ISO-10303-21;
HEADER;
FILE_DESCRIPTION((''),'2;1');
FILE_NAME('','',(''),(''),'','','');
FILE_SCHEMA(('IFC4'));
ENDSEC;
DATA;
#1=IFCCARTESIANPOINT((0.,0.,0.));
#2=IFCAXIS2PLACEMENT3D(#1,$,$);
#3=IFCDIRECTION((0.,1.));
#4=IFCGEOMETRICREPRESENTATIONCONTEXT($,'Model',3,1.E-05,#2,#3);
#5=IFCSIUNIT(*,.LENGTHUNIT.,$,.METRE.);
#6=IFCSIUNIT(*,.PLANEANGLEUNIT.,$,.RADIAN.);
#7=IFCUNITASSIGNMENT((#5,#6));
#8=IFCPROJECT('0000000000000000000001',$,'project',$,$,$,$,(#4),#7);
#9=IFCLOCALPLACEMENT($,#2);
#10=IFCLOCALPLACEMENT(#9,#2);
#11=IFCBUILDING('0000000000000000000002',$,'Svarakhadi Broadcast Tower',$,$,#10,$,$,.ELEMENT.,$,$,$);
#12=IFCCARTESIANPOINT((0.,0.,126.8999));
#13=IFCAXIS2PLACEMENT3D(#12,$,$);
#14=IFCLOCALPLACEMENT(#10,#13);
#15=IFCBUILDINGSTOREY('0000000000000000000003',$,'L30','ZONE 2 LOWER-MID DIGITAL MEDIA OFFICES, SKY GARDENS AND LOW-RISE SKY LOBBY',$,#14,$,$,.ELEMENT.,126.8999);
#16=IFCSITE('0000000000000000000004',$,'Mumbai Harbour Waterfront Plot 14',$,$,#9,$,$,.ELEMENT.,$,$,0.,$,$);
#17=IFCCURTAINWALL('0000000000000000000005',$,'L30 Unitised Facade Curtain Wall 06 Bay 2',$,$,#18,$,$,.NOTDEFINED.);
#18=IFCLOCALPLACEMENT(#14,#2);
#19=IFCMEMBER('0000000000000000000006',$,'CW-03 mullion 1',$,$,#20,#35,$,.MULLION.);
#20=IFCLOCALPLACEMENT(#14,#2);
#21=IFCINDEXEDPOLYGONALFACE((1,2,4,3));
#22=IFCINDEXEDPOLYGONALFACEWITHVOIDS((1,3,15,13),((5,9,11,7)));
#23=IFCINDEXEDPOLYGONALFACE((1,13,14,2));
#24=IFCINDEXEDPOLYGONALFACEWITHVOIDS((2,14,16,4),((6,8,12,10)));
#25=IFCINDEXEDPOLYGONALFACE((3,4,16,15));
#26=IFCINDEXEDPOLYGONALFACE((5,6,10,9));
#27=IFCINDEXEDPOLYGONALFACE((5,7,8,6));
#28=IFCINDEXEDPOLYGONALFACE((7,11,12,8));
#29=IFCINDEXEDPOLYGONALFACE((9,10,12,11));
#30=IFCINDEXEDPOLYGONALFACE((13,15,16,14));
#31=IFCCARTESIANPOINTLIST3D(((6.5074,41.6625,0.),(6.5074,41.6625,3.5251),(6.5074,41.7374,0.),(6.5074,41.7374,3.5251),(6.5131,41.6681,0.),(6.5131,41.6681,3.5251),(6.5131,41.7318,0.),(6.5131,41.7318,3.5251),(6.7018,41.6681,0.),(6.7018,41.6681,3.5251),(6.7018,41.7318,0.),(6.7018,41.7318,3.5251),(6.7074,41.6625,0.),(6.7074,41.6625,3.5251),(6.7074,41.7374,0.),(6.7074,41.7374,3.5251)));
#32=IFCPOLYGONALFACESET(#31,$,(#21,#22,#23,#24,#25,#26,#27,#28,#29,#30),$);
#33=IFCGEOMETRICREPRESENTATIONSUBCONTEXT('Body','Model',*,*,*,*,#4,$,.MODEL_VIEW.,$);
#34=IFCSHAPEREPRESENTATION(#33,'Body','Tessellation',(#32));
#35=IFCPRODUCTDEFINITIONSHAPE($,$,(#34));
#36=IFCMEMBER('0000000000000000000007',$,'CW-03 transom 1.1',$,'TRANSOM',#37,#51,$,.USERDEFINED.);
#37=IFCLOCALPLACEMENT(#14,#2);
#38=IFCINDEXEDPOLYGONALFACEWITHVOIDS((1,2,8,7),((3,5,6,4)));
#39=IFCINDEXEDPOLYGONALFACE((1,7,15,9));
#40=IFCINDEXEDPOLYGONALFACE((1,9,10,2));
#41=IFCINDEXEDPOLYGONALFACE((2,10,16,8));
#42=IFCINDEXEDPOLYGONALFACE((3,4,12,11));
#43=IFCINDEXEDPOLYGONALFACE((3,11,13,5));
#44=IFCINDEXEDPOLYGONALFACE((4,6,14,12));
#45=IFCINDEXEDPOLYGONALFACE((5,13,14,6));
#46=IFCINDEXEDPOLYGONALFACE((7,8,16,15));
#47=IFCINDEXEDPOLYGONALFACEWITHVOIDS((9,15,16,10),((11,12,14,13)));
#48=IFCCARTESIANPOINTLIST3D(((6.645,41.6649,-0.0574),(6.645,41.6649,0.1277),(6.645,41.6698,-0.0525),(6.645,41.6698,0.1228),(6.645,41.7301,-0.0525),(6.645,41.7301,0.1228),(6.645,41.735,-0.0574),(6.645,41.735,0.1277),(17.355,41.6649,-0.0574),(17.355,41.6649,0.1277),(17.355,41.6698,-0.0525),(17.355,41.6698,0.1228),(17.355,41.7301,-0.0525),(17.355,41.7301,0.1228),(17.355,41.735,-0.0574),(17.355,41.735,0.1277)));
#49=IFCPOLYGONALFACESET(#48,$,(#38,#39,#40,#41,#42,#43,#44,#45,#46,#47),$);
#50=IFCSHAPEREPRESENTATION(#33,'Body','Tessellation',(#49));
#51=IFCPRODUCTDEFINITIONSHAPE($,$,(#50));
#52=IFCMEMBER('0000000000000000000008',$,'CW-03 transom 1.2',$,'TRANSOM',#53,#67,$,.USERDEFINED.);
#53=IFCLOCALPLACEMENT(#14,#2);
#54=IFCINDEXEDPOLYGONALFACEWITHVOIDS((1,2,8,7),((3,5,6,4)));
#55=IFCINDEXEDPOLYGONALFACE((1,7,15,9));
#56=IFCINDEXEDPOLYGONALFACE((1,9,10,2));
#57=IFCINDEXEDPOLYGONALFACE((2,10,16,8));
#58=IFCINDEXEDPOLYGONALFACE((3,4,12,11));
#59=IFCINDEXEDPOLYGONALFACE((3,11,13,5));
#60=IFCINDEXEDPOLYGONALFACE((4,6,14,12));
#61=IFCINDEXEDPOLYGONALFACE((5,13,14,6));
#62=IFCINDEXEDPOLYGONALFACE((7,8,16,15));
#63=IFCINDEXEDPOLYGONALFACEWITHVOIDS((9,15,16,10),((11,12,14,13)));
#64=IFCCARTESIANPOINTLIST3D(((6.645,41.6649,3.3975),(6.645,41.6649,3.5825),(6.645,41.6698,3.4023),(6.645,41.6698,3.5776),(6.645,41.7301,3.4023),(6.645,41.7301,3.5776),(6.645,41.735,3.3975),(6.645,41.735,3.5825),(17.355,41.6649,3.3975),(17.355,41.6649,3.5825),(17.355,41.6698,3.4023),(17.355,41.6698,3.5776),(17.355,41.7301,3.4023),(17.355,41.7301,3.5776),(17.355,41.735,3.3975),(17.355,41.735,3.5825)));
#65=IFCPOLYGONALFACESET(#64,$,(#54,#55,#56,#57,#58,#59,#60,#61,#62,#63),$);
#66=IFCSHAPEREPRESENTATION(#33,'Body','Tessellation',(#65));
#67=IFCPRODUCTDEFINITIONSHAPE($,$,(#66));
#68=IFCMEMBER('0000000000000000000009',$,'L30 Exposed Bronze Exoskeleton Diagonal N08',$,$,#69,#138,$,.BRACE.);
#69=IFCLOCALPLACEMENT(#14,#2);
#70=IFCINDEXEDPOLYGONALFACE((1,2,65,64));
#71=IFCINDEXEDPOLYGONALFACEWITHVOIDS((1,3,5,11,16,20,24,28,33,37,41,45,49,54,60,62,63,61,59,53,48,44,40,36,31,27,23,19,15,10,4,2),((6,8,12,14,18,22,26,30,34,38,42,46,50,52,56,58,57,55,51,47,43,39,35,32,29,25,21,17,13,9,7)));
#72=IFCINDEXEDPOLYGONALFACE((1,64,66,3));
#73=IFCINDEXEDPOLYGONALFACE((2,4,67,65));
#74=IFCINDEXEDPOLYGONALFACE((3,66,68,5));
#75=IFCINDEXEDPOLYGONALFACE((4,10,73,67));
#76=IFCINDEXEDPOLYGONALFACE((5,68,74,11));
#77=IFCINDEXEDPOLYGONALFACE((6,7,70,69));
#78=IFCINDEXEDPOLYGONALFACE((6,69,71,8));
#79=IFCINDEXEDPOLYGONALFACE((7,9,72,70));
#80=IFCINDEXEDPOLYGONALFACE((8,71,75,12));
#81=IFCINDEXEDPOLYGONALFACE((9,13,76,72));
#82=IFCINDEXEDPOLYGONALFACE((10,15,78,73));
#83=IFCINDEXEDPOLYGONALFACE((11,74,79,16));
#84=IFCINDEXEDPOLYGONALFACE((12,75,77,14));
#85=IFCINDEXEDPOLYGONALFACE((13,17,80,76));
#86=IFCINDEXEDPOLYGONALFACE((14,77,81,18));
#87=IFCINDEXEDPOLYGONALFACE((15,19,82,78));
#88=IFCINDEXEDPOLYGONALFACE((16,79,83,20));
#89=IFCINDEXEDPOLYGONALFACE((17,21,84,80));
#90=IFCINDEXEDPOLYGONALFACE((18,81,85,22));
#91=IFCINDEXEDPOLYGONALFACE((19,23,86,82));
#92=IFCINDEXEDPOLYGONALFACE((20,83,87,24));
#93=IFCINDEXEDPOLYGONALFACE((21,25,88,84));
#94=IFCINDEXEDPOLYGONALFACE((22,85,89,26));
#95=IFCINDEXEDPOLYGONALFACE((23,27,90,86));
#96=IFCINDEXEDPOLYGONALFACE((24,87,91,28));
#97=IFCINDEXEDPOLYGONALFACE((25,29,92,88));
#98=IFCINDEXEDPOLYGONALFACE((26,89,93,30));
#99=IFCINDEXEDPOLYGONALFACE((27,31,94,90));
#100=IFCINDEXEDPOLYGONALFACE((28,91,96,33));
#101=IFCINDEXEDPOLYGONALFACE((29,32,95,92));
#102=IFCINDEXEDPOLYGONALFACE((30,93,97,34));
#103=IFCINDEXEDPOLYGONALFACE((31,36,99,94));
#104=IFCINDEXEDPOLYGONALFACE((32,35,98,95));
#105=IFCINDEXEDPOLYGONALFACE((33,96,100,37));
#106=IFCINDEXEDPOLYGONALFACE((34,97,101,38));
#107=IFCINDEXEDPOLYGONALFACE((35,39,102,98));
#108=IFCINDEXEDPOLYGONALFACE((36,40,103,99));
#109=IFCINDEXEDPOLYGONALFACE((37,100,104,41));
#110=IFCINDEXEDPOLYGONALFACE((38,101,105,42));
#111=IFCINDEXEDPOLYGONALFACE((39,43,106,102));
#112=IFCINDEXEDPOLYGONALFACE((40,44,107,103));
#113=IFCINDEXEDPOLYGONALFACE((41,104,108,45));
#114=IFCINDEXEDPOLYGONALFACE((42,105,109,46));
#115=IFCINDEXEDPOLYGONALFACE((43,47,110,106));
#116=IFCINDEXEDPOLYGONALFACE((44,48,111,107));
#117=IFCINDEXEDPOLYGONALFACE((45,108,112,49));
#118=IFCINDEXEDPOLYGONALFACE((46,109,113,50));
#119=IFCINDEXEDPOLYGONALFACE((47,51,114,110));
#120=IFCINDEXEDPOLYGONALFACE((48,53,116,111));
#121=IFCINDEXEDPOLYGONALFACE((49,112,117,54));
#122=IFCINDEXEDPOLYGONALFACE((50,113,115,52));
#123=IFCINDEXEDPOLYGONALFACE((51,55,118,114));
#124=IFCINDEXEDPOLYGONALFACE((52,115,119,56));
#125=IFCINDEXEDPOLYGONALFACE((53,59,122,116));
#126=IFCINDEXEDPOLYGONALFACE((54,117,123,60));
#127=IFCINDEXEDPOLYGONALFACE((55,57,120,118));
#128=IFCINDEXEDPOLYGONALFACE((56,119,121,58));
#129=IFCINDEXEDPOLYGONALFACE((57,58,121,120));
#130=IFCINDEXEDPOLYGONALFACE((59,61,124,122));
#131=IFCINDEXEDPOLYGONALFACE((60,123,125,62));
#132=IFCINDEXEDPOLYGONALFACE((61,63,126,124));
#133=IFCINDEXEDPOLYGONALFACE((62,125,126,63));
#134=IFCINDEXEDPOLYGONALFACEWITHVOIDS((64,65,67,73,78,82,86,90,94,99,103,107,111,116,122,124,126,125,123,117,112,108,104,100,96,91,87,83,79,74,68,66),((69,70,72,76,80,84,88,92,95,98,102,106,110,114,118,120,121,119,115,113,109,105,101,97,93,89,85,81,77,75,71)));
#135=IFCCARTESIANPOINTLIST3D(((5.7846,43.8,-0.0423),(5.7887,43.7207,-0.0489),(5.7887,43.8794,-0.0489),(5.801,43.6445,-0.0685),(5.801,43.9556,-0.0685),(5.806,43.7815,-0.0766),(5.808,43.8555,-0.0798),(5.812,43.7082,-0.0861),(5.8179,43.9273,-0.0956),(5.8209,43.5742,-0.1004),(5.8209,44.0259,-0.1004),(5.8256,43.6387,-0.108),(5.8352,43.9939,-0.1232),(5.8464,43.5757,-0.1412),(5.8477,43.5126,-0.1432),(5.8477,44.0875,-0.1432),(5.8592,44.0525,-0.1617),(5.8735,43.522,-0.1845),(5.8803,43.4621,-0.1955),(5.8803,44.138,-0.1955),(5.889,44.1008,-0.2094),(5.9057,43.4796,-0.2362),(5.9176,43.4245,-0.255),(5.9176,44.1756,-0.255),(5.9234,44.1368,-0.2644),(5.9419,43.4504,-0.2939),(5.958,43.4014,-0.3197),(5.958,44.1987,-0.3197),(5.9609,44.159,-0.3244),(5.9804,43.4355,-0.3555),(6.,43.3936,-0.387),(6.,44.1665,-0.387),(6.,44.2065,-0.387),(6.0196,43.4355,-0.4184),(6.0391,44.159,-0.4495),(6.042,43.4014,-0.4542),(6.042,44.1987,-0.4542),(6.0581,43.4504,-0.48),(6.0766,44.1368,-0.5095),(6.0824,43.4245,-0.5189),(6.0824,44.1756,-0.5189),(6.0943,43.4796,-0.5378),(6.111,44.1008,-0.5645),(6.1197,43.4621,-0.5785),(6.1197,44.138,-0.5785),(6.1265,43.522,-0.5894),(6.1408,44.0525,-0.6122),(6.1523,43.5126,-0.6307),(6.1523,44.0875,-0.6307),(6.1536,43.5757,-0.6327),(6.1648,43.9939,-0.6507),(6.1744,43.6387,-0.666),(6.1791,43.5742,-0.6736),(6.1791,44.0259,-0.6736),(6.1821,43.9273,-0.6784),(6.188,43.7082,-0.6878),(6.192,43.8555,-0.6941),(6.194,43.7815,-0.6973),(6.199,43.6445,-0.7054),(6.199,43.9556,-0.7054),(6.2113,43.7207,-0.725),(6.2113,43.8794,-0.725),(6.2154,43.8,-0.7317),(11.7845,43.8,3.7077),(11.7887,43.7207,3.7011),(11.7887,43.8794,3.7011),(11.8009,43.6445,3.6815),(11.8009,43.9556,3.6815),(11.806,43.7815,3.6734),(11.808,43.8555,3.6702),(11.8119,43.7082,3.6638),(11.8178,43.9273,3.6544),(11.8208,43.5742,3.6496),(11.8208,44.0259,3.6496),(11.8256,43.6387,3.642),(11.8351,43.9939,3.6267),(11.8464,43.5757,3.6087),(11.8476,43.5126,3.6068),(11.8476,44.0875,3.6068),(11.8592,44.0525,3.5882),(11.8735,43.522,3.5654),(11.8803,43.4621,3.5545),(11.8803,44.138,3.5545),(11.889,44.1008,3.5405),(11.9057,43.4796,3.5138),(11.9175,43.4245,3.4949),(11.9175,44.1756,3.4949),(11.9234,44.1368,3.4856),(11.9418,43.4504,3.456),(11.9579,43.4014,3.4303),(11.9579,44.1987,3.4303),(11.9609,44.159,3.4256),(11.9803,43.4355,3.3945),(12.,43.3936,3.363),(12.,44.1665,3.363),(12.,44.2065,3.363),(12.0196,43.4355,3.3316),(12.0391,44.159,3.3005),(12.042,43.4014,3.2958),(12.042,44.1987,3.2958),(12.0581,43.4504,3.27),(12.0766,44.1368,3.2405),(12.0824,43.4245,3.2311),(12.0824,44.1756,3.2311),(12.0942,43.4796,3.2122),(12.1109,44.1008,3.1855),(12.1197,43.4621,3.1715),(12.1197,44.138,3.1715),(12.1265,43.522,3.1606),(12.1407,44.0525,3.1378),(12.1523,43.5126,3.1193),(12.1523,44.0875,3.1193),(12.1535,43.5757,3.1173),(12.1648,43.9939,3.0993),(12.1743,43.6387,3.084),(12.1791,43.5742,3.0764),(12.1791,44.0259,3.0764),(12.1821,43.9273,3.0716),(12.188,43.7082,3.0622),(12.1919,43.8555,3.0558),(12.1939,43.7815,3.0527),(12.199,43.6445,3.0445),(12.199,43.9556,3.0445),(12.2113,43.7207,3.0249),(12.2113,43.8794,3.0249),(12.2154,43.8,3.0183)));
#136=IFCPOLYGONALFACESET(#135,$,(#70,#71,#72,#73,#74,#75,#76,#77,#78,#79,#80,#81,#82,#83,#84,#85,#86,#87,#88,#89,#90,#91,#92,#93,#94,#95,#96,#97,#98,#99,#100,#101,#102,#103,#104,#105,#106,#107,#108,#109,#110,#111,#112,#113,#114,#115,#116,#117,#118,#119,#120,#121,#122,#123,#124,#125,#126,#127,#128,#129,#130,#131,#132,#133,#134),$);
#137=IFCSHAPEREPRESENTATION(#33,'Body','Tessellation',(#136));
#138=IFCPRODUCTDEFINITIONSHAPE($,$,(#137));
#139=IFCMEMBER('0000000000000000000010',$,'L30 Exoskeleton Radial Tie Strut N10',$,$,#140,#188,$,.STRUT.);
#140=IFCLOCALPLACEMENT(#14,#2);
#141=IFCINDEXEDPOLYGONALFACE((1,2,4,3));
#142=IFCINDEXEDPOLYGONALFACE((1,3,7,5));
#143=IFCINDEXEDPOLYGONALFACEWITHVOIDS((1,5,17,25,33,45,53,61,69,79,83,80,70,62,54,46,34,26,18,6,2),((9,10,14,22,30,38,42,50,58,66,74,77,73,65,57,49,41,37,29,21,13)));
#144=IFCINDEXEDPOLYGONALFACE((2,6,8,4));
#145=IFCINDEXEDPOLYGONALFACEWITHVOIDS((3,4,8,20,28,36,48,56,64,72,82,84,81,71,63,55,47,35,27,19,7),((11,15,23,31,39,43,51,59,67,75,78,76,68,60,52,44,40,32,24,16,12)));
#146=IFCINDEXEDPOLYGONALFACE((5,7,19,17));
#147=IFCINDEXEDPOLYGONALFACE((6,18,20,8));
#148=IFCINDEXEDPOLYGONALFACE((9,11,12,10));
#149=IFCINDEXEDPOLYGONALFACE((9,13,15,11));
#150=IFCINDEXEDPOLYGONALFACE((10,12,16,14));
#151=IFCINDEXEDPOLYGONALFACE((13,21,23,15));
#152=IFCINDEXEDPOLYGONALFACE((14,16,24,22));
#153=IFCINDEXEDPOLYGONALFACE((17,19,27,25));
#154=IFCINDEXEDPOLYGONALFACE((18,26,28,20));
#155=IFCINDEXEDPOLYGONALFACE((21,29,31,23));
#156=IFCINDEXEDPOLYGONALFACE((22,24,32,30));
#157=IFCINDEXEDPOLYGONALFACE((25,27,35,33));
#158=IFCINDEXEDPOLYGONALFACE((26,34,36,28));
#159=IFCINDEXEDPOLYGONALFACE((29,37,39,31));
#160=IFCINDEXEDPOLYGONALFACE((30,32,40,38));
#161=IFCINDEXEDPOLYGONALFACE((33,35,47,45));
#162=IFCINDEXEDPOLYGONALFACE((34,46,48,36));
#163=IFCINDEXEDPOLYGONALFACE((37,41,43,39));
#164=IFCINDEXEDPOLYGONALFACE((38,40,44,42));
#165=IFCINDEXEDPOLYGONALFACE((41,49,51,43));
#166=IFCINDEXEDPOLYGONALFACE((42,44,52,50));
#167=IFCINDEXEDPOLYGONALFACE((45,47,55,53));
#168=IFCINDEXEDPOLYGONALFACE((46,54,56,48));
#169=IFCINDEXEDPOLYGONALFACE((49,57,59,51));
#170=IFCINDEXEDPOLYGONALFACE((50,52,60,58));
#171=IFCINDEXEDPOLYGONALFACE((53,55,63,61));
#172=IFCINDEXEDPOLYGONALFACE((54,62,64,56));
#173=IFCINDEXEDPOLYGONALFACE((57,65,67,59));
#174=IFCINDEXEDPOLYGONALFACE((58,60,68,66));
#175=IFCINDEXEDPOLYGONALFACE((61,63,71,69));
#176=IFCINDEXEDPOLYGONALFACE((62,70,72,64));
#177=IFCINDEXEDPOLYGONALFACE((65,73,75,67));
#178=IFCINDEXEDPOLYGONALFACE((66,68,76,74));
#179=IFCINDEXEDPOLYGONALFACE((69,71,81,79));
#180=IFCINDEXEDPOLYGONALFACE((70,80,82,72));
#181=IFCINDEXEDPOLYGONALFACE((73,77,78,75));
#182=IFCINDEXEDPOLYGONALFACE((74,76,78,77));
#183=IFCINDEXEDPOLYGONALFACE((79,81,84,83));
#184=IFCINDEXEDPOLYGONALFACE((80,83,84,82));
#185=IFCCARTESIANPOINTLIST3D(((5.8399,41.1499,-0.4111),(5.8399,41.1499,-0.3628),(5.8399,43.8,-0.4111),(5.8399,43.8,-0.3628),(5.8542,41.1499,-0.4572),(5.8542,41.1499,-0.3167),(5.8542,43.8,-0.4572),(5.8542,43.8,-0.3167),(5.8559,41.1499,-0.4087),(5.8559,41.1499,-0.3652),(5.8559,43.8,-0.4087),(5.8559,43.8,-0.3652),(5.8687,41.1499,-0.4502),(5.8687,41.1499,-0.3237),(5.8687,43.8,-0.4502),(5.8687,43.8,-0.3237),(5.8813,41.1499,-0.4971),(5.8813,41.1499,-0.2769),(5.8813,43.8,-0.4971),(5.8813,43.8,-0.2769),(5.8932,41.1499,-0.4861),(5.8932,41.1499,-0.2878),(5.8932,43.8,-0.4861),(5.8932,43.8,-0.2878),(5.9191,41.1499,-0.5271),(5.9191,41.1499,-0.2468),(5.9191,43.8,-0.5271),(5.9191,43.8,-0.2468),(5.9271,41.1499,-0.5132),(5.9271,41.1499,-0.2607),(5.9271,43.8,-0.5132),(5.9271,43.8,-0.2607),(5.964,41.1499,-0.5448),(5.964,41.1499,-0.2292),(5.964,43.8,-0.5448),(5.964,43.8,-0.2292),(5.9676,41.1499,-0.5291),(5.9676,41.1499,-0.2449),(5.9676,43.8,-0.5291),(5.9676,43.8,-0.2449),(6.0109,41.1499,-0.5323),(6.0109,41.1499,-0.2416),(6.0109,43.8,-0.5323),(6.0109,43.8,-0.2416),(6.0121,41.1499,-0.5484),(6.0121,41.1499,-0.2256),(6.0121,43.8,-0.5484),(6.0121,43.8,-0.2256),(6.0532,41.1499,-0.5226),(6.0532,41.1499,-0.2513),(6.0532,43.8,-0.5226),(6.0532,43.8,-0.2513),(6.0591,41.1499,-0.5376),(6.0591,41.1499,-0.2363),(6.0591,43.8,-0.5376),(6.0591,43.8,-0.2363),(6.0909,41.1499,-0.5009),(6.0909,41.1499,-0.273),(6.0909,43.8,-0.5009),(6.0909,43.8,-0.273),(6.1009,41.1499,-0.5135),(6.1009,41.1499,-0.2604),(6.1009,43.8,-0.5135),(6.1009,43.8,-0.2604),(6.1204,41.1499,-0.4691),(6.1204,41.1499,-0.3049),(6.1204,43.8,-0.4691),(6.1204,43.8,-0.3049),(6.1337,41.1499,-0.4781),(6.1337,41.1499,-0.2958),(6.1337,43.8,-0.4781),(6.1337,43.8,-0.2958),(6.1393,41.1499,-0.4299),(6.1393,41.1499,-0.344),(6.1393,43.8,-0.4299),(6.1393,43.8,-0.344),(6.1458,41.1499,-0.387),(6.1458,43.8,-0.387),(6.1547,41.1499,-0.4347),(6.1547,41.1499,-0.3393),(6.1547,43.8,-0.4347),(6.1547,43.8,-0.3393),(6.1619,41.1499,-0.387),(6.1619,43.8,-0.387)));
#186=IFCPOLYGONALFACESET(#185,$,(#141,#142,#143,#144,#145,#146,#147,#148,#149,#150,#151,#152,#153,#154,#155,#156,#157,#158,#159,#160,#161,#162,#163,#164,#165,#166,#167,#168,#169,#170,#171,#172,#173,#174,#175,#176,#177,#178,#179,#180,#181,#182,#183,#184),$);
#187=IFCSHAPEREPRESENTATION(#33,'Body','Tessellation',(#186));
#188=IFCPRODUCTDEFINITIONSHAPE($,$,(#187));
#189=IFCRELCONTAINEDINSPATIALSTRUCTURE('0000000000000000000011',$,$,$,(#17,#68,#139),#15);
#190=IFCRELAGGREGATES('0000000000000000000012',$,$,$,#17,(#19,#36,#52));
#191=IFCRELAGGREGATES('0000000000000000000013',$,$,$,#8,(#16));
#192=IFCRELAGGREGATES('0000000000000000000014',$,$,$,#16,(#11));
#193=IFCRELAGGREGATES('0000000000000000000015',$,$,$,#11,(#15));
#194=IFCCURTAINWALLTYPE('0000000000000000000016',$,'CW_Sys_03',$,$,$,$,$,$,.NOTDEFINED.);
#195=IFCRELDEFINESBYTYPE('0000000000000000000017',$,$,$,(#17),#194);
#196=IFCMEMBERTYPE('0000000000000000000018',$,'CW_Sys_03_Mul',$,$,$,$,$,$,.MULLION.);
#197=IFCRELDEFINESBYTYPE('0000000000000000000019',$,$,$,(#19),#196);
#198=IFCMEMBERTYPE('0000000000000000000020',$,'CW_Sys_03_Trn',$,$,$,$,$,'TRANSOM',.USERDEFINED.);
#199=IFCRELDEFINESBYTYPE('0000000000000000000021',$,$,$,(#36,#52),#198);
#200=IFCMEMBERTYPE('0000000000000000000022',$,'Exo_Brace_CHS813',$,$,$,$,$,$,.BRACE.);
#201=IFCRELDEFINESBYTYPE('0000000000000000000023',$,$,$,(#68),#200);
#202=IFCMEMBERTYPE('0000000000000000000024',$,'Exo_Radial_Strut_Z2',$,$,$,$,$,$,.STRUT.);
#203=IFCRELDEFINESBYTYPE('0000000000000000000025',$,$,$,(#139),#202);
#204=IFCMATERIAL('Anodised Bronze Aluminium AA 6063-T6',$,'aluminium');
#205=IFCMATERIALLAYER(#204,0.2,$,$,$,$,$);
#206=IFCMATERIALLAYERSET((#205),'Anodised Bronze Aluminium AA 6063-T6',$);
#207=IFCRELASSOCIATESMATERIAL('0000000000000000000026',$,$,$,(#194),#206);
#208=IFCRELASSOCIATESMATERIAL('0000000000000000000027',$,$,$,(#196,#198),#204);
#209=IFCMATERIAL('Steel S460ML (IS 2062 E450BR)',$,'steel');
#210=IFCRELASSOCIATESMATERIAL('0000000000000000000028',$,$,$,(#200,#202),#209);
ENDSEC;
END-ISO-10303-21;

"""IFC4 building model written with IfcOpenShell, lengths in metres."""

from ifc_helpers import new_model, si_unit, direction, frame, origin, origin_2d, place, context, subcontext, project, spatial, hollow_rectangle, hollow_circle, extrude, material, layer, layer_set, material_profile, profile_set, type_object, element, aggregate, save


model = new_model("IFC4")

# Units and contexts
model_context = context("Model", 3, precision=1e-05, world=origin(), true_north=direction((0.0, 1.0)))
body_context = subcontext(model_context, "Body", "Model", "MODEL_VIEW")
ifc_project = project(units=[si_unit("LENGTHUNIT", "METRE"), si_unit("PLANEANGLEUNIT", "RADIAN")], contexts=[model_context])

# Site, building, storey
site_placement = place(None, origin())
site = spatial("IfcSite", under=ifc_project, at=site_placement, Name="Mumbai Harbour Waterfront Plot 14", CompositionType="ELEMENT", RefElevation=0.0)
building_placement = place(site_placement, origin())
building = spatial("IfcBuilding", under=site, at=building_placement, Name="Svarakhadi Broadcast Tower", CompositionType="ELEMENT")
storey_placement = place(building_placement, frame((0.0, 0.0, 126.8999)))
storey = spatial("IfcBuildingStorey", under=building, at=storey_placement, Name="L30", Description="ZONE 2 LOWER-MID DIGITAL MEDIA OFFICES, SKY GARDENS AND LOW-RISE SKY LOBBY", CompositionType="ELEMENT", Elevation=126.8999)

# Shared definitions
ifc_material_1 = material(Name="Steel S460ML (IS 2062 E450BR)", Category="steel")

# Curtain wall, members
ifc_material_2 = material(Name="Anodised Bronze Aluminium AA 6063-T6", Category="aluminium")
ifc_layer_1 = layer(ifc_material_2, 0.2)
ifc_layer_set_1 = layer_set([ifc_layer_1], Name="Anodised Bronze Aluminium AA 6063-T6")
curtain_wall_type = type_object("IfcCurtainWallType", Name="CW_Sys_03", PredefinedType="NOTDEFINED", material=ifc_layer_set_1)
curtain_wall_placement = place(storey_placement, origin())
curtain_wall = element("IfcCurtainWall", 1, at=curtain_wall_placement, inside=storey, type_object=curtain_wall_type, Name="L30 Unitised Facade Curtain Wall 06 Bay 2", PredefinedType="NOTDEFINED")
ifc_material_profile_1 = material_profile(ifc_material_2, hollow_rectangle(XDim=0.075, YDim=0.2, WallThickness=0.0056, at=origin_2d()), Name="ALU MULLION 200x75x6")
ifc_profile_set_1 = profile_set([ifc_material_profile_1], Name="Anodised Bronze Aluminium AA 6063-T6")
member_type_1 = type_object("IfcMemberType", Name="CW_Sys_03_Mul", PredefinedType="MULLION", material=ifc_profile_set_1)
member_1_placement = place(storey_placement, frame((6.6074, 41.7, 0.0), z_axis=(0.0, 0.0, 1.0), x_axis=(0.0, 1.0, 0.0)))
member_1 = element("IfcMember", 2, at=member_1_placement, type_object=member_type_1, Name="CW-03 mullion 1", PredefinedType="MULLION", context=body_context, shape_type="SweptSolid", body=[
    extrude(hollow_rectangle(XDim=0.075, YDim=0.2, WallThickness=0.0056, at=origin_2d()), origin(), (0.0, 0.0, 1.0), 3.5251),
])
ifc_material_profile_2 = material_profile(ifc_material_2, hollow_rectangle(XDim=0.0701, YDim=0.1851, WallThickness=0.0049, at=origin_2d()), Name="ALU TRANSOM 185x70x5")
ifc_profile_set_2 = profile_set([ifc_material_profile_2], Name="Anodised Bronze Aluminium AA 6063-T6")
member_type_2 = type_object("IfcMemberType", Name="CW_Sys_03_Trn", ElementType="TRANSOM", PredefinedType="USERDEFINED", material=ifc_profile_set_2)
member_2_placement = place(storey_placement, frame((6.645, 41.7, 0.0352), z_axis=(1.0, 0.0, 0.0), x_axis=(0.0, 1.0, 0.0)))
member_2 = element("IfcMember", 3, at=member_2_placement, type_object=member_type_2, Name="CW-03 transom 1.1", ObjectType="TRANSOM", PredefinedType="USERDEFINED", context=body_context, shape_type="SweptSolid", body=[
    extrude(hollow_rectangle(XDim=0.0701, YDim=0.1851, WallThickness=0.0049, at=origin_2d()), origin(), (0.0, 0.0, 1.0), 10.71),
])
member_3_placement = place(storey_placement, frame((6.645, 41.7, 3.49), z_axis=(1.0, 0.0, 0.0), x_axis=(0.0, 1.0, 0.0)))
member_3 = element("IfcMember", 4, at=member_3_placement, type_object=member_type_2, Name="CW-03 transom 1.2", ObjectType="TRANSOM", PredefinedType="USERDEFINED", context=body_context, shape_type="SweptSolid", body=[
    extrude(hollow_rectangle(XDim=0.0701, YDim=0.1851, WallThickness=0.0049, at=origin_2d()), origin(), (0.0, 0.0, 1.0), 10.71),
])
aggregate(curtain_wall, [member_1, member_2, member_3])

# Members
ifc_material_profile_3 = material_profile(ifc_material_1, hollow_circle(Radius=0.4065, WallThickness=0.04, at=origin_2d()), Name="CHS 813x40")
ifc_profile_set_3 = profile_set([ifc_material_profile_3], Name="Steel S460ML (IS 2062 E450BR)")
member_type_3 = type_object("IfcMemberType", Name="Exo_Brace_CHS813", PredefinedType="BRACE", material=ifc_profile_set_3)
member_4_placement = place(storey_placement, frame((6.0, 43.8, -0.387), z_axis=(0.847998, 0.0, 0.529999), x_axis=(0.0, 1.0, 0.0)))
element("IfcMember", 5, at=member_4_placement, inside=storey, type_object=member_type_3, Name="L30 Exposed Bronze Exoskeleton Diagonal N08", PredefinedType="BRACE", context=body_context, shape_type="SweptSolid", body=[
    extrude(hollow_circle(Radius=0.4065, WallThickness=0.04, at=origin_2d()), origin(), (0.0, 0.0, 1.0), 7.0754),
])
ifc_material_profile_4 = material_profile(ifc_material_1, hollow_circle(Radius=0.1619, WallThickness=0.0161, at=origin_2d()), Name="CHS 323.9x16")
ifc_profile_set_4 = profile_set([ifc_material_profile_4], Name="Steel S460ML (IS 2062 E450BR)")
member_type_4 = type_object("IfcMemberType", Name="Exo_Radial_Strut_Z2", PredefinedType="STRUT", material=ifc_profile_set_4)
member_5_placement = place(storey_placement, frame((6.0, 43.8, -0.387), z_axis=(0.0, -1.0, 0.0), x_axis=(1.0, 0.0, 0.0)))
element("IfcMember", 6, at=member_5_placement, inside=storey, type_object=member_type_4, Name="L30 Exoskeleton Radial Tie Strut N10", PredefinedType="STRUT", context=body_context, shape_type="SweptSolid", body=[
    extrude(hollow_circle(Radius=0.1619, WallThickness=0.0161, at=origin_2d()), origin(), (0.0, 0.0, 1.0), 2.6501),
])

save(model, "model.ifc")
